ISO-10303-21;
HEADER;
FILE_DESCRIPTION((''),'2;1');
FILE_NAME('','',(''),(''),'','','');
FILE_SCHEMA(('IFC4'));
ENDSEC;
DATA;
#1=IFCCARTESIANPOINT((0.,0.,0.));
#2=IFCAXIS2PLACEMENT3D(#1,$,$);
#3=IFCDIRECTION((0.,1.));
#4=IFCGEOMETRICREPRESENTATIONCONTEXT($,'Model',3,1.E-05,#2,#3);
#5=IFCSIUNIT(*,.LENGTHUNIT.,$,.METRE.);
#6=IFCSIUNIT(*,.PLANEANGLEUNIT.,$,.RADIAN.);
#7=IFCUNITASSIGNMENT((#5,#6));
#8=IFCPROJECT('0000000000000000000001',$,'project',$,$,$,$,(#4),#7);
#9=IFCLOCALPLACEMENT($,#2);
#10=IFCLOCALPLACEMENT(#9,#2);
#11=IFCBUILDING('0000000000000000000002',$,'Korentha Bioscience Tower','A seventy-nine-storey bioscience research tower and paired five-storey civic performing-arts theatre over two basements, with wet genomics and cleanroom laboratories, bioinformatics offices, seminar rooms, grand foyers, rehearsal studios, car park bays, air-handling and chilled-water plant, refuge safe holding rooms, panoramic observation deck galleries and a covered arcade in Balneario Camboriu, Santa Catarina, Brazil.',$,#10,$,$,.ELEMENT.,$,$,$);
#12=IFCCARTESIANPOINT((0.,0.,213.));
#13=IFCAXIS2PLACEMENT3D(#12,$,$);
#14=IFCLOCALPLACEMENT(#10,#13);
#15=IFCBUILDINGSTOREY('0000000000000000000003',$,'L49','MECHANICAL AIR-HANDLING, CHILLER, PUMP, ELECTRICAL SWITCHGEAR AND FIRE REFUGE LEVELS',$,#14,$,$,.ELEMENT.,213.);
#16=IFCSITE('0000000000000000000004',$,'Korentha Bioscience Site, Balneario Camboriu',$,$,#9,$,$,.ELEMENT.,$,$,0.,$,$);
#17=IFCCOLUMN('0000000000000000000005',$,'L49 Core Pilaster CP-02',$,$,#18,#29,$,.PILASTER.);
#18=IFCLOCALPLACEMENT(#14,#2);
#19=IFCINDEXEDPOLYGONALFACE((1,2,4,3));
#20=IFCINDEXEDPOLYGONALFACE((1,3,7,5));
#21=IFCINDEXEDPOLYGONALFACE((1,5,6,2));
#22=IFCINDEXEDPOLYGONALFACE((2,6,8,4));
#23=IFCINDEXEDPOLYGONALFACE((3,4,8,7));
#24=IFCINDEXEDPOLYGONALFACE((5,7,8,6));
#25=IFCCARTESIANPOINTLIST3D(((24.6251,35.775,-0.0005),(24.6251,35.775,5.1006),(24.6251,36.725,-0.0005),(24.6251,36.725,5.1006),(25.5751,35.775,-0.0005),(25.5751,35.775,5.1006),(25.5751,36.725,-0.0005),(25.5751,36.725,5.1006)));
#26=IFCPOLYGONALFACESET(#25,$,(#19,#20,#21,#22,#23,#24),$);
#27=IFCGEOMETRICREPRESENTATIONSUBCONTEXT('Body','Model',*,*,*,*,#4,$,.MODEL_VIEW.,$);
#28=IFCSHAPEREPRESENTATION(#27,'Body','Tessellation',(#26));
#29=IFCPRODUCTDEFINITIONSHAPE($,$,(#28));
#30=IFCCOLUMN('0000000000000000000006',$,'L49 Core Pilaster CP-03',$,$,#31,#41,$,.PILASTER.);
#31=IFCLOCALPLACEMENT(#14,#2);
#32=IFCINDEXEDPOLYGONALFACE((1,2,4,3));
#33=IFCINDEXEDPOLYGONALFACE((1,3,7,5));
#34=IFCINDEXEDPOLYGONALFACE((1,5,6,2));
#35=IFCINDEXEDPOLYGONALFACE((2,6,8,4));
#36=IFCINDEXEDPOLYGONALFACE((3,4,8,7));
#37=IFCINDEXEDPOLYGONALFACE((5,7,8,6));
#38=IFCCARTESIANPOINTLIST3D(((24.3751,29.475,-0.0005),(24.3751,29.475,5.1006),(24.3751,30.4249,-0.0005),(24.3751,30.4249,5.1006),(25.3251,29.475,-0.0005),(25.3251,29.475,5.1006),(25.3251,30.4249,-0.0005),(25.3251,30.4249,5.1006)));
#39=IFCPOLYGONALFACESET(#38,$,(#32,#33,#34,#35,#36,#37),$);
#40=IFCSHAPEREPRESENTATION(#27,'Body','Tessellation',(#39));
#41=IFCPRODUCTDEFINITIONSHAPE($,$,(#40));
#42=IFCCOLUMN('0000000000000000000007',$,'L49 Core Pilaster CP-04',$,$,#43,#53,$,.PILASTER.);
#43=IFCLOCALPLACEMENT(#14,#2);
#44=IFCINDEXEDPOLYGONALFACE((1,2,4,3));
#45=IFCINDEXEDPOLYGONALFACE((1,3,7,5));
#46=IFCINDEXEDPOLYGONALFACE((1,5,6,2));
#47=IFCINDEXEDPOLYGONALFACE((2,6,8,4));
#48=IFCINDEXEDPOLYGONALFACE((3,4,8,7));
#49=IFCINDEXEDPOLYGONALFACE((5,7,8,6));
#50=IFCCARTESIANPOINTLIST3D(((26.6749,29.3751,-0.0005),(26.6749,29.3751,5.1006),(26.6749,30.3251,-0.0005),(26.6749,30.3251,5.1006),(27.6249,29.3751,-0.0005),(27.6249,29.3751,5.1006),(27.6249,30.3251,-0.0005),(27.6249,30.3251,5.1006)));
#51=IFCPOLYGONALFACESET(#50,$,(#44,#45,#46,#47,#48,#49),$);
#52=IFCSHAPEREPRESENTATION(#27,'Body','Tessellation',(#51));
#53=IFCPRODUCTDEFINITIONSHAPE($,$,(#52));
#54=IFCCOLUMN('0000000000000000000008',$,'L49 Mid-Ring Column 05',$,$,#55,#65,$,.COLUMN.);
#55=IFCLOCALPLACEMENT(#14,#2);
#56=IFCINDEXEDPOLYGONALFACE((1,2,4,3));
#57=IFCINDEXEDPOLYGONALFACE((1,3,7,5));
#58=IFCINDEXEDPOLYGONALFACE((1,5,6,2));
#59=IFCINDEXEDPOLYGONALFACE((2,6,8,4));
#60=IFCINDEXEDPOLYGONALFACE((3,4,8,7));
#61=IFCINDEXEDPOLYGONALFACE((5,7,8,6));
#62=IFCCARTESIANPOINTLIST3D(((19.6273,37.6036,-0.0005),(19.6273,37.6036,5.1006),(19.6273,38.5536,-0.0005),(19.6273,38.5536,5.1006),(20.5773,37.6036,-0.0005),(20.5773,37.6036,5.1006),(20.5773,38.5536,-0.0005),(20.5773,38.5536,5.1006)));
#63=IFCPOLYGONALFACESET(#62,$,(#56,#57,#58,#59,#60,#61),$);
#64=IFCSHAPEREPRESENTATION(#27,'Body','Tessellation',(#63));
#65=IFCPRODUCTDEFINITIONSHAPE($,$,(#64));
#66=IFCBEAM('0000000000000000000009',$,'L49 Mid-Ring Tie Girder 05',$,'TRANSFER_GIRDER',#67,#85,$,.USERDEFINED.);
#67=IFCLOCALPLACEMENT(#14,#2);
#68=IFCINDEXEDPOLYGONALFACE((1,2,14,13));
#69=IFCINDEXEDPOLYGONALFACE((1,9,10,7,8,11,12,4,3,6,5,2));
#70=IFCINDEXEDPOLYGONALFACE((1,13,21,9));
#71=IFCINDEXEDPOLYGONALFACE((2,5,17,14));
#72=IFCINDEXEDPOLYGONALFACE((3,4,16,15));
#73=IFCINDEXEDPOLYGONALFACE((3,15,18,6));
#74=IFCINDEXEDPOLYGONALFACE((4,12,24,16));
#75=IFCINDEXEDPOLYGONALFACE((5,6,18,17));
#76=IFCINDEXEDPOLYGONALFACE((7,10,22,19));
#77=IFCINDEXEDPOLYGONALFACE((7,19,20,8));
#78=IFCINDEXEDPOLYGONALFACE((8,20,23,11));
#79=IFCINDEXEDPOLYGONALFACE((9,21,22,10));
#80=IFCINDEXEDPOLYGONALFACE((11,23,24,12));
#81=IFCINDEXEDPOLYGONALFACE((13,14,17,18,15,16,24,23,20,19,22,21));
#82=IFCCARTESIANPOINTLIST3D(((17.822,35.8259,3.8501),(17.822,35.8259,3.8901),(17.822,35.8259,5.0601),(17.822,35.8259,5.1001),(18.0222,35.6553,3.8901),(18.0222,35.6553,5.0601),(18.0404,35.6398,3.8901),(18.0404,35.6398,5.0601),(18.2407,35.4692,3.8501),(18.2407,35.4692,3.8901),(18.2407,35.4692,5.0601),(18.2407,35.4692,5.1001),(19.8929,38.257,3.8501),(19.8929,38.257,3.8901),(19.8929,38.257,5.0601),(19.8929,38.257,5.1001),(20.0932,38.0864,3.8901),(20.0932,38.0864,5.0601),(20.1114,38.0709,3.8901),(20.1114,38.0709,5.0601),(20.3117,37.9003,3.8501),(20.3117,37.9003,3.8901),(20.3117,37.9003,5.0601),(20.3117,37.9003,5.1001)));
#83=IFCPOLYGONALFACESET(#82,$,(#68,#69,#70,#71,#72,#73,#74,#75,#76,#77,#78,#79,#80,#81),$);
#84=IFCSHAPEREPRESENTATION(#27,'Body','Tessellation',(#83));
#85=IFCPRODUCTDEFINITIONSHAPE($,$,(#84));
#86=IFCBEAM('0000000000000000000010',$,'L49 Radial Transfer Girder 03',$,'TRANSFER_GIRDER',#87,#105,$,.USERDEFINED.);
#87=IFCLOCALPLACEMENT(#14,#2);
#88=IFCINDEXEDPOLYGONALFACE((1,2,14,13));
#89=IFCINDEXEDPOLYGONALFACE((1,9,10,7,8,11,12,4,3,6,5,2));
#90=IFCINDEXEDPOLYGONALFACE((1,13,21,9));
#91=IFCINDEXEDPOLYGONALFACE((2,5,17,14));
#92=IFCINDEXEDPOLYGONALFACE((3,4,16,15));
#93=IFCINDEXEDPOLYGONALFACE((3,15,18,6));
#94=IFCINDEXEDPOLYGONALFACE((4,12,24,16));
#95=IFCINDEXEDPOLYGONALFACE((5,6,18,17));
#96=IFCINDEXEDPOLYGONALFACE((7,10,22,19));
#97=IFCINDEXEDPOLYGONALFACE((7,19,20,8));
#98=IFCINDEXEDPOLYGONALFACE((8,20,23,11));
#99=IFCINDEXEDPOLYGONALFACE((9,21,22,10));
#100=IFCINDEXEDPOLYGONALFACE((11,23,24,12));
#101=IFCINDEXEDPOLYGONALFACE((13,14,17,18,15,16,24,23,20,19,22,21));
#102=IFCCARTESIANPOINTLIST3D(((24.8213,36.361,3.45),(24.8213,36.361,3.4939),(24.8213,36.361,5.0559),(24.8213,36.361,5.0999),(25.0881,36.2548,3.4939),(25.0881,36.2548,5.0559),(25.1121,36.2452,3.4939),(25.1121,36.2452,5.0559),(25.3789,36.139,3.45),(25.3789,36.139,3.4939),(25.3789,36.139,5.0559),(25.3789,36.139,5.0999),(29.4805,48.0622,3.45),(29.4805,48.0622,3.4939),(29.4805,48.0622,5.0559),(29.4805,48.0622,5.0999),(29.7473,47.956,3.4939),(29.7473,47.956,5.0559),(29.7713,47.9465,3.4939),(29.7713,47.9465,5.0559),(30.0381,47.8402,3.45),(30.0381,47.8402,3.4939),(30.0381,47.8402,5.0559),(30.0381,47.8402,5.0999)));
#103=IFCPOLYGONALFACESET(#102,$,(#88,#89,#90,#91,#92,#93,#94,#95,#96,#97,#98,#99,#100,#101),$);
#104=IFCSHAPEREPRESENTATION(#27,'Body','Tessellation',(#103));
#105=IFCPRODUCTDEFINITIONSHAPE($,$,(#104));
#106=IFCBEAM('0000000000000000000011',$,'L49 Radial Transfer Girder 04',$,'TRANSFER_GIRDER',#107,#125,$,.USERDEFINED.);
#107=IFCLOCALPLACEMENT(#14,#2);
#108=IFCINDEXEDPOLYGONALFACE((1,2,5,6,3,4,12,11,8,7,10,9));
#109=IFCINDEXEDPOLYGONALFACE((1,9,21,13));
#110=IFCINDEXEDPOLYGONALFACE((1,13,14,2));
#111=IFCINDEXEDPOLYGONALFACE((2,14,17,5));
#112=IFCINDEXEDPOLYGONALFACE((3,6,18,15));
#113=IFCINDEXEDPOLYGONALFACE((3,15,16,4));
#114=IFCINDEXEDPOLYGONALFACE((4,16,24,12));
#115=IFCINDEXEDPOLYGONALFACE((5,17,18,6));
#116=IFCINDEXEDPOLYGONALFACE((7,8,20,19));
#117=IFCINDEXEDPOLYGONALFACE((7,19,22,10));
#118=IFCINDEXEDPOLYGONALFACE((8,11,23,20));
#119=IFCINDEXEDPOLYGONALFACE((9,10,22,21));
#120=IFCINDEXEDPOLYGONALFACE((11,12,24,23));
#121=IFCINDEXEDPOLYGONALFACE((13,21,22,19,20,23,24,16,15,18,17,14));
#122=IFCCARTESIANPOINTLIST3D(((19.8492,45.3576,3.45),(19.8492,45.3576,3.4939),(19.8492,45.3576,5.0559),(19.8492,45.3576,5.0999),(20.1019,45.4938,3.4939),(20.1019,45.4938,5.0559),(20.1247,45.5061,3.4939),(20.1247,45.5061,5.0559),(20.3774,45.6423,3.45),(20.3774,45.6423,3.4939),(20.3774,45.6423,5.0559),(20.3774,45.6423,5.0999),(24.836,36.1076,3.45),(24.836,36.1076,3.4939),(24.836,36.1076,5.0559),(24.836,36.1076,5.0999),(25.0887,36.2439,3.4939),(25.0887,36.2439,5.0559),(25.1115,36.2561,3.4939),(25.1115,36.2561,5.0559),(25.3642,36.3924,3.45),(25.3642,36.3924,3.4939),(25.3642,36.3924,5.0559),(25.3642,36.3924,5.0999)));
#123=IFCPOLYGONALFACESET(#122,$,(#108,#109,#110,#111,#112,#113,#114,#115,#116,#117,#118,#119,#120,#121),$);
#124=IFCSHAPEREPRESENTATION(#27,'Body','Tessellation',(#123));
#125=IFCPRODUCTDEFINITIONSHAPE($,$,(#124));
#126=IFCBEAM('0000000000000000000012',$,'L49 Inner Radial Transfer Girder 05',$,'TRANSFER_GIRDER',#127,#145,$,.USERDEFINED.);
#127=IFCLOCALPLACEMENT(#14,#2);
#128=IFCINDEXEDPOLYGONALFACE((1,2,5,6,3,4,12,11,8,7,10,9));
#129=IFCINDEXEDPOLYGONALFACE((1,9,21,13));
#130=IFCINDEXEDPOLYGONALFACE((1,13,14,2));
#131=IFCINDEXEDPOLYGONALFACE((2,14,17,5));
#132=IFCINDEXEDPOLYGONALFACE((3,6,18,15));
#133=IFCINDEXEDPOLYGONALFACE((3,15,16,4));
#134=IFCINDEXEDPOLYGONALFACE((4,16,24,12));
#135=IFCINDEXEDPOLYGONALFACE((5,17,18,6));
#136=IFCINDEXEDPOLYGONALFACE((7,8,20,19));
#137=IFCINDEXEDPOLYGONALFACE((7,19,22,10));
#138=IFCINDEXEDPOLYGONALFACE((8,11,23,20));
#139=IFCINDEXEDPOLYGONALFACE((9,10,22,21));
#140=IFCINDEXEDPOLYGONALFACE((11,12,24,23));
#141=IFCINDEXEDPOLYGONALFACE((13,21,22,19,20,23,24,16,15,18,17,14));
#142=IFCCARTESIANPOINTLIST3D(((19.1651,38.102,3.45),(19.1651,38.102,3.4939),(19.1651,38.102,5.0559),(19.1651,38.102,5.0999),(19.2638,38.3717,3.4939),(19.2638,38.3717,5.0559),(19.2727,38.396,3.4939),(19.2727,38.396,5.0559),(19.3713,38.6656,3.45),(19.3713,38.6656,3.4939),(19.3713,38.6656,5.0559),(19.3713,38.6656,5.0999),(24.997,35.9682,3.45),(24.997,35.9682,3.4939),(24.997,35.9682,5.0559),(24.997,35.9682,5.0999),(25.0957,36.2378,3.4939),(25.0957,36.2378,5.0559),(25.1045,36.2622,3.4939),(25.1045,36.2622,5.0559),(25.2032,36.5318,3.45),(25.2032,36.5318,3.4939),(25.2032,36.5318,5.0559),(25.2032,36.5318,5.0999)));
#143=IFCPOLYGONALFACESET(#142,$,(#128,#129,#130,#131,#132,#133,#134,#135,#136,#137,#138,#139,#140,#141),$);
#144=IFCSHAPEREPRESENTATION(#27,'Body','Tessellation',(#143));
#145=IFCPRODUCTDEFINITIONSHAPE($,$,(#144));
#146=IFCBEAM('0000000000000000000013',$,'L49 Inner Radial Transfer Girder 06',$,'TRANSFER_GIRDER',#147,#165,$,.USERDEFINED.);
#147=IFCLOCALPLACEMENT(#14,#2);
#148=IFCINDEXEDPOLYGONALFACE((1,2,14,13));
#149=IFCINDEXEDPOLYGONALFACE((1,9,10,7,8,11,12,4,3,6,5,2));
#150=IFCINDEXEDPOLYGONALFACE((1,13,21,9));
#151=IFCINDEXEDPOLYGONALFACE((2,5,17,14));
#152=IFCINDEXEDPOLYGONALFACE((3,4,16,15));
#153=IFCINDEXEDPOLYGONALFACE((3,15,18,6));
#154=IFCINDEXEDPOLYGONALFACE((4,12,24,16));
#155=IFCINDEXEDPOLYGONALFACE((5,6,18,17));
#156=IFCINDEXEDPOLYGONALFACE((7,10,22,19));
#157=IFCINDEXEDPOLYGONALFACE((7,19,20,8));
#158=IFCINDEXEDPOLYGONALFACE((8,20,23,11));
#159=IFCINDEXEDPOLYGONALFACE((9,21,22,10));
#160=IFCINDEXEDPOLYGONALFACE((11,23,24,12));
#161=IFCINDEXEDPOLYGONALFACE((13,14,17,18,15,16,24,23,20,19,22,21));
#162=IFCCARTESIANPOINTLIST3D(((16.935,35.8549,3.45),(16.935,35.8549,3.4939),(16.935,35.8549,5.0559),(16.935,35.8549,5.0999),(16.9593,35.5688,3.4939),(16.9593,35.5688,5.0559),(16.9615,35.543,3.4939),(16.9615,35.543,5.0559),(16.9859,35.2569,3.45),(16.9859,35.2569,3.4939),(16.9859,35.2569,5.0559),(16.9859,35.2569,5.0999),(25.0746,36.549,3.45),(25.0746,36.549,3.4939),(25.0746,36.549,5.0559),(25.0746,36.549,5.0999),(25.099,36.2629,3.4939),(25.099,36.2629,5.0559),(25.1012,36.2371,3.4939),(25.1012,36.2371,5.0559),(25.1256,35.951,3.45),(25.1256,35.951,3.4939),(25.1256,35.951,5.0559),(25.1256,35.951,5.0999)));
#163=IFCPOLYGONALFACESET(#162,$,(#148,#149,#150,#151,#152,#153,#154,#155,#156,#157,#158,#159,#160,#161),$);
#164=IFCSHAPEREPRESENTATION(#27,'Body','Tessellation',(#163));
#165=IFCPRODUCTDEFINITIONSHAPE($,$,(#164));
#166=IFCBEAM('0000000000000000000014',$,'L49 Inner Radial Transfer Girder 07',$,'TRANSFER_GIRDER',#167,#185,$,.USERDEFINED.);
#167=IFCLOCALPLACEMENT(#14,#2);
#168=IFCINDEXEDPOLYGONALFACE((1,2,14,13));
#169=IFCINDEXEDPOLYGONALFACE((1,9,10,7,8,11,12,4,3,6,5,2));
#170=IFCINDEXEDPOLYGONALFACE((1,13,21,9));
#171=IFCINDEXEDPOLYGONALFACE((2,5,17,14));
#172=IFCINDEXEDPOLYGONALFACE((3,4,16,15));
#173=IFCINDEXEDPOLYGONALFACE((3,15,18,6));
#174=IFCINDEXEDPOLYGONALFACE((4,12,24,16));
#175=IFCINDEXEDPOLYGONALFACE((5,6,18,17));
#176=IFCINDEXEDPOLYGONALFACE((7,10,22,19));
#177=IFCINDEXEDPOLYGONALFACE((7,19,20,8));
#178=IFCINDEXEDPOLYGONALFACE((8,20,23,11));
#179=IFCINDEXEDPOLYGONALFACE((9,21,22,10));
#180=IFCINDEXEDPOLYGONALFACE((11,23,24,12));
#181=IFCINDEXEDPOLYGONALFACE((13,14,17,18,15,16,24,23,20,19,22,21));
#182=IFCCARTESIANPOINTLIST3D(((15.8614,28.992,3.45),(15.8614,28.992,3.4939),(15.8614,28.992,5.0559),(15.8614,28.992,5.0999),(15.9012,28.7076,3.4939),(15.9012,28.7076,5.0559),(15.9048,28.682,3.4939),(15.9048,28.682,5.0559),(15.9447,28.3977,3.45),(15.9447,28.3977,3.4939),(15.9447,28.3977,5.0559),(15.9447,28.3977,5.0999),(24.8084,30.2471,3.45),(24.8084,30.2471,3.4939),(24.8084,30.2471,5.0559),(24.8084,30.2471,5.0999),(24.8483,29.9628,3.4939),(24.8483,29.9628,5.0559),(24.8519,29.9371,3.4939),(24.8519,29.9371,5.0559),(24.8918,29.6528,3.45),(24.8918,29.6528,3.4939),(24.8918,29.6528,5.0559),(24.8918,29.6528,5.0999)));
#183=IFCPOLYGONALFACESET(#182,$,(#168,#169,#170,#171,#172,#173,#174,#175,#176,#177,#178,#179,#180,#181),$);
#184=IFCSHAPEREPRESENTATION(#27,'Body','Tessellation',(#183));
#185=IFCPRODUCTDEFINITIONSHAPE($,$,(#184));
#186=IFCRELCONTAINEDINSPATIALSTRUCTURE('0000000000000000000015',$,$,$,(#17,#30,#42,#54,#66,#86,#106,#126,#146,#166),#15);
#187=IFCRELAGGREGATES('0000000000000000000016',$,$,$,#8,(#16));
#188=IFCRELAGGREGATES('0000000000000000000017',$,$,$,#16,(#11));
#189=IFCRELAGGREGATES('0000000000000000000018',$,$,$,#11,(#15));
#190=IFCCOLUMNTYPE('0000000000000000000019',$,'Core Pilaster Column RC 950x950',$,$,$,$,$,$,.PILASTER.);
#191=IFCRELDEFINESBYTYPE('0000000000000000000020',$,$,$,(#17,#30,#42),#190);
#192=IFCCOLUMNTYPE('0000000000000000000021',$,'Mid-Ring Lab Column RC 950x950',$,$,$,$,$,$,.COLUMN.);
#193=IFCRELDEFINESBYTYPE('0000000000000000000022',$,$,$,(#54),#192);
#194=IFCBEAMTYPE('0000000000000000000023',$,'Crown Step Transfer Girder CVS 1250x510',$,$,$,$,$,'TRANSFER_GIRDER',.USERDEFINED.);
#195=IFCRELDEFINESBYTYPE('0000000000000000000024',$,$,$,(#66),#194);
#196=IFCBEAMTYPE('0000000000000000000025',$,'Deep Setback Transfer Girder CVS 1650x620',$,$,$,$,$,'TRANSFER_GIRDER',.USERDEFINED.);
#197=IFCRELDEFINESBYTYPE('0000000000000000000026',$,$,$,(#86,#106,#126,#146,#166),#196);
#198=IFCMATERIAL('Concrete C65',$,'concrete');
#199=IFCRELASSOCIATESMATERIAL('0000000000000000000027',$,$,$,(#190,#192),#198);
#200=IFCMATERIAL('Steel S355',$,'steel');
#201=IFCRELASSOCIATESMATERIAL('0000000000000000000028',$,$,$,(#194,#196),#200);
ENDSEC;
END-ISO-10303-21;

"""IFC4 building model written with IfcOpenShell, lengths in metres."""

from ifc_helpers import new_model, si_unit, direction, frame, origin, origin_2d, place, context, subcontext, project, spatial, rectangle, i_section, extrude, material, material_profile, profile_set, type_object, element, save


model = new_model("IFC4")

# Units and contexts
model_context = context("Model", 3, precision=1e-05, world=origin(), true_north=direction((0.0, 1.0)))
body_context = subcontext(model_context, "Body", "Model", "MODEL_VIEW")
ifc_project = project(units=[si_unit("LENGTHUNIT", "METRE"), si_unit("PLANEANGLEUNIT", "RADIAN")], contexts=[model_context])

# Site, building, storey
site_placement = place(None, origin())
site = spatial("IfcSite", under=ifc_project, at=site_placement, Name="Korentha Bioscience Site, Balneario Camboriu", CompositionType="ELEMENT", RefElevation=0.0)
building_placement = place(site_placement, origin())
building = spatial("IfcBuilding", under=site, at=building_placement, Name="Korentha Bioscience Tower", Description="A seventy-nine-storey bioscience research tower and paired five-storey civic performing-arts theatre over two basements, with wet genomics and cleanroom laboratories, bioinformatics offices, seminar rooms, grand foyers, rehearsal studios, car park bays, air-handling and chilled-water plant, refuge safe holding rooms, panoramic observation deck galleries and a covered arcade in Balneario Camboriu, Santa Catarina, Brazil.", CompositionType="ELEMENT")
storey_placement = place(building_placement, frame((0.0, 0.0, 213.0)))
storey = spatial("IfcBuildingStorey", under=building, at=storey_placement, Name="L49", Description="MECHANICAL AIR-HANDLING, CHILLER, PUMP, ELECTRICAL SWITCHGEAR AND FIRE REFUGE LEVELS", CompositionType="ELEMENT", Elevation=213.0)

# Columns
ifc_material_1 = material(Name="Concrete C65", Category="concrete")
ifc_material_profile_1 = material_profile(ifc_material_1, rectangle(XDim=0.95, YDim=0.95, at=origin_2d()), Name="Concrete C65")
ifc_profile_set_1 = profile_set([ifc_material_profile_1], Name="Concrete C65 (COL-CP09)")
column_type_1 = type_object("IfcColumnType", Name="Core Pilaster Column RC 950x950", PredefinedType="PILASTER", material=ifc_profile_set_1)
for number, where, z_axis, x_axis, name in (
    (1, (25.1001, 36.25, -0.0005), (0.0, 0.0, 1.0), (1.0, 0.0, 0.0), "L49 Core Pilaster CP-02"),
    (2, (24.8501, 29.95, -0.0005), (0.0, 0.0, 1.0), (1.0, 0.0, 0.0), "L49 Core Pilaster CP-03"),
    (3, (27.1499, 29.8501, -0.0005), (0.0, 0.0, 1.0), (1.0, 0.0, 0.0), "L49 Core Pilaster CP-04"),
):
    element("IfcColumn", number, at=place(storey_placement, frame(where, z_axis=z_axis, x_axis=x_axis)), inside=storey, type_object=column_type_1, Name=name, PredefinedType="PILASTER", context=body_context, shape_type="SweptSolid", body=[
        extrude(rectangle(XDim=0.95, YDim=0.95, at=origin_2d()), origin(), (0.0, 0.0, 1.0), 5.1011),
    ])
ifc_material_profile_2 = material_profile(ifc_material_1, rectangle(XDim=0.95, YDim=0.95, at=origin_2d()), Name="Concrete C65")
ifc_profile_set_2 = profile_set([ifc_material_profile_2], Name="Concrete C65 (COL-MR09)")
column_type_2 = type_object("IfcColumnType", Name="Mid-Ring Lab Column RC 950x950", PredefinedType="COLUMN", material=ifc_profile_set_2)
column_placement = place(storey_placement, frame((20.1023, 38.0786, -0.0005), z_axis=(0.0, 0.0, 1.0), x_axis=(1.0, 0.0, 0.0)))
element("IfcColumn", 4, at=column_placement, inside=storey, type_object=column_type_2, Name="L49 Mid-Ring Column 05", PredefinedType="COLUMN", context=body_context, shape_type="SweptSolid", body=[
    extrude(rectangle(XDim=0.95, YDim=0.95, at=origin_2d()), origin(), (0.0, 0.0, 1.0), 5.1011),
])

# Beams
ifc_material_2 = material(Name="Steel S355", Category="steel")
ifc_material_profile_3 = material_profile(ifc_material_2, i_section(OverallWidth=0.55, OverallDepth=1.25, WebThickness=0.0239, FlangeThickness=0.04, at=origin_2d()), Name="Steel S355")
ifc_profile_set_3 = profile_set([ifc_material_profile_3], Name="Steel S355 (TG-03)")
beam_type_1 = type_object("IfcBeamType", Name="Crown Step Transfer Girder CVS 1250x510", ElementType="TRANSFER_GIRDER", PredefinedType="USERDEFINED", material=ifc_profile_set_3)
beam_1_placement = place(storey_placement, frame((20.1023, 38.0786, 4.4751), z_axis=(-0.648478, -0.761233, 0.0), x_axis=(0.761233, -0.648478, 0.0)))
element("IfcBeam", 5, at=beam_1_placement, inside=storey, type_object=beam_type_1, Name="L49 Mid-Ring Tie Girder 05", ObjectType="TRANSFER_GIRDER", PredefinedType="USERDEFINED", context=body_context, shape_type="SweptSolid", body=[
    extrude(i_section(OverallWidth=0.55, OverallDepth=1.25, WebThickness=0.0239, FlangeThickness=0.04, at=origin_2d()), origin(), (0.0, 0.0, 1.0), 3.1936),
])
ifc_material_profile_4 = material_profile(ifc_material_2, i_section(OverallWidth=0.6001, OverallDepth=1.6499, WebThickness=0.0259, FlangeThickness=0.0439, at=origin_2d()), Name="Steel S355")
ifc_profile_set_4 = profile_set([ifc_material_profile_4], Name="Steel S355 (TG-04)")
beam_type_2 = type_object("IfcBeamType", Name="Deep Setback Transfer Girder CVS 1650x620", ElementType="TRANSFER_GIRDER", PredefinedType="USERDEFINED", material=ifc_profile_set_4)
beam_2_placement = place(storey_placement, frame((25.1001, 36.25, 4.2749), z_axis=(0.369933, 0.929058, 0.0), x_axis=(-0.929058, 0.369933, 0.0)))
element("IfcBeam", 6, at=beam_2_placement, inside=storey, type_object=beam_type_2, Name="L49 Radial Transfer Girder 03", ObjectType="TRANSFER_GIRDER", PredefinedType="USERDEFINED", context=body_context, shape_type="SweptSolid", body=[
    extrude(i_section(OverallWidth=0.6001, OverallDepth=1.6499, WebThickness=0.0259, FlangeThickness=0.0439, at=origin_2d()), origin(), (0.0, 0.0, 1.0), 12.5947),
])
beam_3_placement = place(storey_placement, frame((25.1001, 36.25, 4.2749), z_axis=(-0.474546, 0.880231, 0.0), x_axis=(-0.880231, -0.474546, 0.0)))
element("IfcBeam", 7, at=beam_3_placement, inside=storey, type_object=beam_type_2, Name="L49 Radial Transfer Girder 04", ObjectType="TRANSFER_GIRDER", PredefinedType="USERDEFINED", context=body_context, shape_type="SweptSolid", body=[
    extrude(i_section(OverallWidth=0.6001, OverallDepth=1.6499, WebThickness=0.0259, FlangeThickness=0.0439, at=origin_2d()), origin(), (0.0, 0.0, 1.0), 10.5085),
])
beam_4_placement = place(storey_placement, frame((25.1001, 36.25, 4.2749), z_axis=(-0.939112, 0.343611, 0.0), x_axis=(-0.343611, -0.939112, 0.0)))
element("IfcBeam", 8, at=beam_4_placement, inside=storey, type_object=beam_type_2, Name="L49 Inner Radial Transfer Girder 05", ObjectType="TRANSFER_GIRDER", PredefinedType="USERDEFINED", context=body_context, shape_type="SweptSolid", body=[
    extrude(i_section(OverallWidth=0.6001, OverallDepth=1.6499, WebThickness=0.0259, FlangeThickness=0.0439, at=origin_2d()), origin(), (0.0, 0.0, 1.0), 6.21),
])
beam_5_placement = place(storey_placement, frame((25.1001, 36.25, 4.2749), z_axis=(-0.996384, -0.084965, 0.0), x_axis=(0.084965, -0.996384, 0.0)))
element("IfcBeam", 9, at=beam_5_placement, inside=storey, type_object=beam_type_2, Name="L49 Inner Radial Transfer Girder 06", ObjectType="TRANSFER_GIRDER", PredefinedType="USERDEFINED", context=body_context, shape_type="SweptSolid", body=[
    extrude(i_section(OverallWidth=0.6001, OverallDepth=1.6499, WebThickness=0.0259, FlangeThickness=0.0439, at=origin_2d()), origin(), (0.0, 0.0, 1.0), 8.1692),
])
beam_6_placement = place(storey_placement, frame((24.8501, 29.95, 4.2749), z_axis=(-0.990303, -0.138924, 0.0), x_axis=(0.138924, -0.990303, 0.0)))
element("IfcBeam", 10, at=beam_6_placement, inside=storey, type_object=beam_type_2, Name="L49 Inner Radial Transfer Girder 07", ObjectType="TRANSFER_GIRDER", PredefinedType="USERDEFINED", context=body_context, shape_type="SweptSolid", body=[
    extrude(i_section(OverallWidth=0.6001, OverallDepth=1.6499, WebThickness=0.0259, FlangeThickness=0.0439, at=origin_2d()), origin(), (0.0, 0.0, 1.0), 9.0347),
])

save(model, "model.ifc")
